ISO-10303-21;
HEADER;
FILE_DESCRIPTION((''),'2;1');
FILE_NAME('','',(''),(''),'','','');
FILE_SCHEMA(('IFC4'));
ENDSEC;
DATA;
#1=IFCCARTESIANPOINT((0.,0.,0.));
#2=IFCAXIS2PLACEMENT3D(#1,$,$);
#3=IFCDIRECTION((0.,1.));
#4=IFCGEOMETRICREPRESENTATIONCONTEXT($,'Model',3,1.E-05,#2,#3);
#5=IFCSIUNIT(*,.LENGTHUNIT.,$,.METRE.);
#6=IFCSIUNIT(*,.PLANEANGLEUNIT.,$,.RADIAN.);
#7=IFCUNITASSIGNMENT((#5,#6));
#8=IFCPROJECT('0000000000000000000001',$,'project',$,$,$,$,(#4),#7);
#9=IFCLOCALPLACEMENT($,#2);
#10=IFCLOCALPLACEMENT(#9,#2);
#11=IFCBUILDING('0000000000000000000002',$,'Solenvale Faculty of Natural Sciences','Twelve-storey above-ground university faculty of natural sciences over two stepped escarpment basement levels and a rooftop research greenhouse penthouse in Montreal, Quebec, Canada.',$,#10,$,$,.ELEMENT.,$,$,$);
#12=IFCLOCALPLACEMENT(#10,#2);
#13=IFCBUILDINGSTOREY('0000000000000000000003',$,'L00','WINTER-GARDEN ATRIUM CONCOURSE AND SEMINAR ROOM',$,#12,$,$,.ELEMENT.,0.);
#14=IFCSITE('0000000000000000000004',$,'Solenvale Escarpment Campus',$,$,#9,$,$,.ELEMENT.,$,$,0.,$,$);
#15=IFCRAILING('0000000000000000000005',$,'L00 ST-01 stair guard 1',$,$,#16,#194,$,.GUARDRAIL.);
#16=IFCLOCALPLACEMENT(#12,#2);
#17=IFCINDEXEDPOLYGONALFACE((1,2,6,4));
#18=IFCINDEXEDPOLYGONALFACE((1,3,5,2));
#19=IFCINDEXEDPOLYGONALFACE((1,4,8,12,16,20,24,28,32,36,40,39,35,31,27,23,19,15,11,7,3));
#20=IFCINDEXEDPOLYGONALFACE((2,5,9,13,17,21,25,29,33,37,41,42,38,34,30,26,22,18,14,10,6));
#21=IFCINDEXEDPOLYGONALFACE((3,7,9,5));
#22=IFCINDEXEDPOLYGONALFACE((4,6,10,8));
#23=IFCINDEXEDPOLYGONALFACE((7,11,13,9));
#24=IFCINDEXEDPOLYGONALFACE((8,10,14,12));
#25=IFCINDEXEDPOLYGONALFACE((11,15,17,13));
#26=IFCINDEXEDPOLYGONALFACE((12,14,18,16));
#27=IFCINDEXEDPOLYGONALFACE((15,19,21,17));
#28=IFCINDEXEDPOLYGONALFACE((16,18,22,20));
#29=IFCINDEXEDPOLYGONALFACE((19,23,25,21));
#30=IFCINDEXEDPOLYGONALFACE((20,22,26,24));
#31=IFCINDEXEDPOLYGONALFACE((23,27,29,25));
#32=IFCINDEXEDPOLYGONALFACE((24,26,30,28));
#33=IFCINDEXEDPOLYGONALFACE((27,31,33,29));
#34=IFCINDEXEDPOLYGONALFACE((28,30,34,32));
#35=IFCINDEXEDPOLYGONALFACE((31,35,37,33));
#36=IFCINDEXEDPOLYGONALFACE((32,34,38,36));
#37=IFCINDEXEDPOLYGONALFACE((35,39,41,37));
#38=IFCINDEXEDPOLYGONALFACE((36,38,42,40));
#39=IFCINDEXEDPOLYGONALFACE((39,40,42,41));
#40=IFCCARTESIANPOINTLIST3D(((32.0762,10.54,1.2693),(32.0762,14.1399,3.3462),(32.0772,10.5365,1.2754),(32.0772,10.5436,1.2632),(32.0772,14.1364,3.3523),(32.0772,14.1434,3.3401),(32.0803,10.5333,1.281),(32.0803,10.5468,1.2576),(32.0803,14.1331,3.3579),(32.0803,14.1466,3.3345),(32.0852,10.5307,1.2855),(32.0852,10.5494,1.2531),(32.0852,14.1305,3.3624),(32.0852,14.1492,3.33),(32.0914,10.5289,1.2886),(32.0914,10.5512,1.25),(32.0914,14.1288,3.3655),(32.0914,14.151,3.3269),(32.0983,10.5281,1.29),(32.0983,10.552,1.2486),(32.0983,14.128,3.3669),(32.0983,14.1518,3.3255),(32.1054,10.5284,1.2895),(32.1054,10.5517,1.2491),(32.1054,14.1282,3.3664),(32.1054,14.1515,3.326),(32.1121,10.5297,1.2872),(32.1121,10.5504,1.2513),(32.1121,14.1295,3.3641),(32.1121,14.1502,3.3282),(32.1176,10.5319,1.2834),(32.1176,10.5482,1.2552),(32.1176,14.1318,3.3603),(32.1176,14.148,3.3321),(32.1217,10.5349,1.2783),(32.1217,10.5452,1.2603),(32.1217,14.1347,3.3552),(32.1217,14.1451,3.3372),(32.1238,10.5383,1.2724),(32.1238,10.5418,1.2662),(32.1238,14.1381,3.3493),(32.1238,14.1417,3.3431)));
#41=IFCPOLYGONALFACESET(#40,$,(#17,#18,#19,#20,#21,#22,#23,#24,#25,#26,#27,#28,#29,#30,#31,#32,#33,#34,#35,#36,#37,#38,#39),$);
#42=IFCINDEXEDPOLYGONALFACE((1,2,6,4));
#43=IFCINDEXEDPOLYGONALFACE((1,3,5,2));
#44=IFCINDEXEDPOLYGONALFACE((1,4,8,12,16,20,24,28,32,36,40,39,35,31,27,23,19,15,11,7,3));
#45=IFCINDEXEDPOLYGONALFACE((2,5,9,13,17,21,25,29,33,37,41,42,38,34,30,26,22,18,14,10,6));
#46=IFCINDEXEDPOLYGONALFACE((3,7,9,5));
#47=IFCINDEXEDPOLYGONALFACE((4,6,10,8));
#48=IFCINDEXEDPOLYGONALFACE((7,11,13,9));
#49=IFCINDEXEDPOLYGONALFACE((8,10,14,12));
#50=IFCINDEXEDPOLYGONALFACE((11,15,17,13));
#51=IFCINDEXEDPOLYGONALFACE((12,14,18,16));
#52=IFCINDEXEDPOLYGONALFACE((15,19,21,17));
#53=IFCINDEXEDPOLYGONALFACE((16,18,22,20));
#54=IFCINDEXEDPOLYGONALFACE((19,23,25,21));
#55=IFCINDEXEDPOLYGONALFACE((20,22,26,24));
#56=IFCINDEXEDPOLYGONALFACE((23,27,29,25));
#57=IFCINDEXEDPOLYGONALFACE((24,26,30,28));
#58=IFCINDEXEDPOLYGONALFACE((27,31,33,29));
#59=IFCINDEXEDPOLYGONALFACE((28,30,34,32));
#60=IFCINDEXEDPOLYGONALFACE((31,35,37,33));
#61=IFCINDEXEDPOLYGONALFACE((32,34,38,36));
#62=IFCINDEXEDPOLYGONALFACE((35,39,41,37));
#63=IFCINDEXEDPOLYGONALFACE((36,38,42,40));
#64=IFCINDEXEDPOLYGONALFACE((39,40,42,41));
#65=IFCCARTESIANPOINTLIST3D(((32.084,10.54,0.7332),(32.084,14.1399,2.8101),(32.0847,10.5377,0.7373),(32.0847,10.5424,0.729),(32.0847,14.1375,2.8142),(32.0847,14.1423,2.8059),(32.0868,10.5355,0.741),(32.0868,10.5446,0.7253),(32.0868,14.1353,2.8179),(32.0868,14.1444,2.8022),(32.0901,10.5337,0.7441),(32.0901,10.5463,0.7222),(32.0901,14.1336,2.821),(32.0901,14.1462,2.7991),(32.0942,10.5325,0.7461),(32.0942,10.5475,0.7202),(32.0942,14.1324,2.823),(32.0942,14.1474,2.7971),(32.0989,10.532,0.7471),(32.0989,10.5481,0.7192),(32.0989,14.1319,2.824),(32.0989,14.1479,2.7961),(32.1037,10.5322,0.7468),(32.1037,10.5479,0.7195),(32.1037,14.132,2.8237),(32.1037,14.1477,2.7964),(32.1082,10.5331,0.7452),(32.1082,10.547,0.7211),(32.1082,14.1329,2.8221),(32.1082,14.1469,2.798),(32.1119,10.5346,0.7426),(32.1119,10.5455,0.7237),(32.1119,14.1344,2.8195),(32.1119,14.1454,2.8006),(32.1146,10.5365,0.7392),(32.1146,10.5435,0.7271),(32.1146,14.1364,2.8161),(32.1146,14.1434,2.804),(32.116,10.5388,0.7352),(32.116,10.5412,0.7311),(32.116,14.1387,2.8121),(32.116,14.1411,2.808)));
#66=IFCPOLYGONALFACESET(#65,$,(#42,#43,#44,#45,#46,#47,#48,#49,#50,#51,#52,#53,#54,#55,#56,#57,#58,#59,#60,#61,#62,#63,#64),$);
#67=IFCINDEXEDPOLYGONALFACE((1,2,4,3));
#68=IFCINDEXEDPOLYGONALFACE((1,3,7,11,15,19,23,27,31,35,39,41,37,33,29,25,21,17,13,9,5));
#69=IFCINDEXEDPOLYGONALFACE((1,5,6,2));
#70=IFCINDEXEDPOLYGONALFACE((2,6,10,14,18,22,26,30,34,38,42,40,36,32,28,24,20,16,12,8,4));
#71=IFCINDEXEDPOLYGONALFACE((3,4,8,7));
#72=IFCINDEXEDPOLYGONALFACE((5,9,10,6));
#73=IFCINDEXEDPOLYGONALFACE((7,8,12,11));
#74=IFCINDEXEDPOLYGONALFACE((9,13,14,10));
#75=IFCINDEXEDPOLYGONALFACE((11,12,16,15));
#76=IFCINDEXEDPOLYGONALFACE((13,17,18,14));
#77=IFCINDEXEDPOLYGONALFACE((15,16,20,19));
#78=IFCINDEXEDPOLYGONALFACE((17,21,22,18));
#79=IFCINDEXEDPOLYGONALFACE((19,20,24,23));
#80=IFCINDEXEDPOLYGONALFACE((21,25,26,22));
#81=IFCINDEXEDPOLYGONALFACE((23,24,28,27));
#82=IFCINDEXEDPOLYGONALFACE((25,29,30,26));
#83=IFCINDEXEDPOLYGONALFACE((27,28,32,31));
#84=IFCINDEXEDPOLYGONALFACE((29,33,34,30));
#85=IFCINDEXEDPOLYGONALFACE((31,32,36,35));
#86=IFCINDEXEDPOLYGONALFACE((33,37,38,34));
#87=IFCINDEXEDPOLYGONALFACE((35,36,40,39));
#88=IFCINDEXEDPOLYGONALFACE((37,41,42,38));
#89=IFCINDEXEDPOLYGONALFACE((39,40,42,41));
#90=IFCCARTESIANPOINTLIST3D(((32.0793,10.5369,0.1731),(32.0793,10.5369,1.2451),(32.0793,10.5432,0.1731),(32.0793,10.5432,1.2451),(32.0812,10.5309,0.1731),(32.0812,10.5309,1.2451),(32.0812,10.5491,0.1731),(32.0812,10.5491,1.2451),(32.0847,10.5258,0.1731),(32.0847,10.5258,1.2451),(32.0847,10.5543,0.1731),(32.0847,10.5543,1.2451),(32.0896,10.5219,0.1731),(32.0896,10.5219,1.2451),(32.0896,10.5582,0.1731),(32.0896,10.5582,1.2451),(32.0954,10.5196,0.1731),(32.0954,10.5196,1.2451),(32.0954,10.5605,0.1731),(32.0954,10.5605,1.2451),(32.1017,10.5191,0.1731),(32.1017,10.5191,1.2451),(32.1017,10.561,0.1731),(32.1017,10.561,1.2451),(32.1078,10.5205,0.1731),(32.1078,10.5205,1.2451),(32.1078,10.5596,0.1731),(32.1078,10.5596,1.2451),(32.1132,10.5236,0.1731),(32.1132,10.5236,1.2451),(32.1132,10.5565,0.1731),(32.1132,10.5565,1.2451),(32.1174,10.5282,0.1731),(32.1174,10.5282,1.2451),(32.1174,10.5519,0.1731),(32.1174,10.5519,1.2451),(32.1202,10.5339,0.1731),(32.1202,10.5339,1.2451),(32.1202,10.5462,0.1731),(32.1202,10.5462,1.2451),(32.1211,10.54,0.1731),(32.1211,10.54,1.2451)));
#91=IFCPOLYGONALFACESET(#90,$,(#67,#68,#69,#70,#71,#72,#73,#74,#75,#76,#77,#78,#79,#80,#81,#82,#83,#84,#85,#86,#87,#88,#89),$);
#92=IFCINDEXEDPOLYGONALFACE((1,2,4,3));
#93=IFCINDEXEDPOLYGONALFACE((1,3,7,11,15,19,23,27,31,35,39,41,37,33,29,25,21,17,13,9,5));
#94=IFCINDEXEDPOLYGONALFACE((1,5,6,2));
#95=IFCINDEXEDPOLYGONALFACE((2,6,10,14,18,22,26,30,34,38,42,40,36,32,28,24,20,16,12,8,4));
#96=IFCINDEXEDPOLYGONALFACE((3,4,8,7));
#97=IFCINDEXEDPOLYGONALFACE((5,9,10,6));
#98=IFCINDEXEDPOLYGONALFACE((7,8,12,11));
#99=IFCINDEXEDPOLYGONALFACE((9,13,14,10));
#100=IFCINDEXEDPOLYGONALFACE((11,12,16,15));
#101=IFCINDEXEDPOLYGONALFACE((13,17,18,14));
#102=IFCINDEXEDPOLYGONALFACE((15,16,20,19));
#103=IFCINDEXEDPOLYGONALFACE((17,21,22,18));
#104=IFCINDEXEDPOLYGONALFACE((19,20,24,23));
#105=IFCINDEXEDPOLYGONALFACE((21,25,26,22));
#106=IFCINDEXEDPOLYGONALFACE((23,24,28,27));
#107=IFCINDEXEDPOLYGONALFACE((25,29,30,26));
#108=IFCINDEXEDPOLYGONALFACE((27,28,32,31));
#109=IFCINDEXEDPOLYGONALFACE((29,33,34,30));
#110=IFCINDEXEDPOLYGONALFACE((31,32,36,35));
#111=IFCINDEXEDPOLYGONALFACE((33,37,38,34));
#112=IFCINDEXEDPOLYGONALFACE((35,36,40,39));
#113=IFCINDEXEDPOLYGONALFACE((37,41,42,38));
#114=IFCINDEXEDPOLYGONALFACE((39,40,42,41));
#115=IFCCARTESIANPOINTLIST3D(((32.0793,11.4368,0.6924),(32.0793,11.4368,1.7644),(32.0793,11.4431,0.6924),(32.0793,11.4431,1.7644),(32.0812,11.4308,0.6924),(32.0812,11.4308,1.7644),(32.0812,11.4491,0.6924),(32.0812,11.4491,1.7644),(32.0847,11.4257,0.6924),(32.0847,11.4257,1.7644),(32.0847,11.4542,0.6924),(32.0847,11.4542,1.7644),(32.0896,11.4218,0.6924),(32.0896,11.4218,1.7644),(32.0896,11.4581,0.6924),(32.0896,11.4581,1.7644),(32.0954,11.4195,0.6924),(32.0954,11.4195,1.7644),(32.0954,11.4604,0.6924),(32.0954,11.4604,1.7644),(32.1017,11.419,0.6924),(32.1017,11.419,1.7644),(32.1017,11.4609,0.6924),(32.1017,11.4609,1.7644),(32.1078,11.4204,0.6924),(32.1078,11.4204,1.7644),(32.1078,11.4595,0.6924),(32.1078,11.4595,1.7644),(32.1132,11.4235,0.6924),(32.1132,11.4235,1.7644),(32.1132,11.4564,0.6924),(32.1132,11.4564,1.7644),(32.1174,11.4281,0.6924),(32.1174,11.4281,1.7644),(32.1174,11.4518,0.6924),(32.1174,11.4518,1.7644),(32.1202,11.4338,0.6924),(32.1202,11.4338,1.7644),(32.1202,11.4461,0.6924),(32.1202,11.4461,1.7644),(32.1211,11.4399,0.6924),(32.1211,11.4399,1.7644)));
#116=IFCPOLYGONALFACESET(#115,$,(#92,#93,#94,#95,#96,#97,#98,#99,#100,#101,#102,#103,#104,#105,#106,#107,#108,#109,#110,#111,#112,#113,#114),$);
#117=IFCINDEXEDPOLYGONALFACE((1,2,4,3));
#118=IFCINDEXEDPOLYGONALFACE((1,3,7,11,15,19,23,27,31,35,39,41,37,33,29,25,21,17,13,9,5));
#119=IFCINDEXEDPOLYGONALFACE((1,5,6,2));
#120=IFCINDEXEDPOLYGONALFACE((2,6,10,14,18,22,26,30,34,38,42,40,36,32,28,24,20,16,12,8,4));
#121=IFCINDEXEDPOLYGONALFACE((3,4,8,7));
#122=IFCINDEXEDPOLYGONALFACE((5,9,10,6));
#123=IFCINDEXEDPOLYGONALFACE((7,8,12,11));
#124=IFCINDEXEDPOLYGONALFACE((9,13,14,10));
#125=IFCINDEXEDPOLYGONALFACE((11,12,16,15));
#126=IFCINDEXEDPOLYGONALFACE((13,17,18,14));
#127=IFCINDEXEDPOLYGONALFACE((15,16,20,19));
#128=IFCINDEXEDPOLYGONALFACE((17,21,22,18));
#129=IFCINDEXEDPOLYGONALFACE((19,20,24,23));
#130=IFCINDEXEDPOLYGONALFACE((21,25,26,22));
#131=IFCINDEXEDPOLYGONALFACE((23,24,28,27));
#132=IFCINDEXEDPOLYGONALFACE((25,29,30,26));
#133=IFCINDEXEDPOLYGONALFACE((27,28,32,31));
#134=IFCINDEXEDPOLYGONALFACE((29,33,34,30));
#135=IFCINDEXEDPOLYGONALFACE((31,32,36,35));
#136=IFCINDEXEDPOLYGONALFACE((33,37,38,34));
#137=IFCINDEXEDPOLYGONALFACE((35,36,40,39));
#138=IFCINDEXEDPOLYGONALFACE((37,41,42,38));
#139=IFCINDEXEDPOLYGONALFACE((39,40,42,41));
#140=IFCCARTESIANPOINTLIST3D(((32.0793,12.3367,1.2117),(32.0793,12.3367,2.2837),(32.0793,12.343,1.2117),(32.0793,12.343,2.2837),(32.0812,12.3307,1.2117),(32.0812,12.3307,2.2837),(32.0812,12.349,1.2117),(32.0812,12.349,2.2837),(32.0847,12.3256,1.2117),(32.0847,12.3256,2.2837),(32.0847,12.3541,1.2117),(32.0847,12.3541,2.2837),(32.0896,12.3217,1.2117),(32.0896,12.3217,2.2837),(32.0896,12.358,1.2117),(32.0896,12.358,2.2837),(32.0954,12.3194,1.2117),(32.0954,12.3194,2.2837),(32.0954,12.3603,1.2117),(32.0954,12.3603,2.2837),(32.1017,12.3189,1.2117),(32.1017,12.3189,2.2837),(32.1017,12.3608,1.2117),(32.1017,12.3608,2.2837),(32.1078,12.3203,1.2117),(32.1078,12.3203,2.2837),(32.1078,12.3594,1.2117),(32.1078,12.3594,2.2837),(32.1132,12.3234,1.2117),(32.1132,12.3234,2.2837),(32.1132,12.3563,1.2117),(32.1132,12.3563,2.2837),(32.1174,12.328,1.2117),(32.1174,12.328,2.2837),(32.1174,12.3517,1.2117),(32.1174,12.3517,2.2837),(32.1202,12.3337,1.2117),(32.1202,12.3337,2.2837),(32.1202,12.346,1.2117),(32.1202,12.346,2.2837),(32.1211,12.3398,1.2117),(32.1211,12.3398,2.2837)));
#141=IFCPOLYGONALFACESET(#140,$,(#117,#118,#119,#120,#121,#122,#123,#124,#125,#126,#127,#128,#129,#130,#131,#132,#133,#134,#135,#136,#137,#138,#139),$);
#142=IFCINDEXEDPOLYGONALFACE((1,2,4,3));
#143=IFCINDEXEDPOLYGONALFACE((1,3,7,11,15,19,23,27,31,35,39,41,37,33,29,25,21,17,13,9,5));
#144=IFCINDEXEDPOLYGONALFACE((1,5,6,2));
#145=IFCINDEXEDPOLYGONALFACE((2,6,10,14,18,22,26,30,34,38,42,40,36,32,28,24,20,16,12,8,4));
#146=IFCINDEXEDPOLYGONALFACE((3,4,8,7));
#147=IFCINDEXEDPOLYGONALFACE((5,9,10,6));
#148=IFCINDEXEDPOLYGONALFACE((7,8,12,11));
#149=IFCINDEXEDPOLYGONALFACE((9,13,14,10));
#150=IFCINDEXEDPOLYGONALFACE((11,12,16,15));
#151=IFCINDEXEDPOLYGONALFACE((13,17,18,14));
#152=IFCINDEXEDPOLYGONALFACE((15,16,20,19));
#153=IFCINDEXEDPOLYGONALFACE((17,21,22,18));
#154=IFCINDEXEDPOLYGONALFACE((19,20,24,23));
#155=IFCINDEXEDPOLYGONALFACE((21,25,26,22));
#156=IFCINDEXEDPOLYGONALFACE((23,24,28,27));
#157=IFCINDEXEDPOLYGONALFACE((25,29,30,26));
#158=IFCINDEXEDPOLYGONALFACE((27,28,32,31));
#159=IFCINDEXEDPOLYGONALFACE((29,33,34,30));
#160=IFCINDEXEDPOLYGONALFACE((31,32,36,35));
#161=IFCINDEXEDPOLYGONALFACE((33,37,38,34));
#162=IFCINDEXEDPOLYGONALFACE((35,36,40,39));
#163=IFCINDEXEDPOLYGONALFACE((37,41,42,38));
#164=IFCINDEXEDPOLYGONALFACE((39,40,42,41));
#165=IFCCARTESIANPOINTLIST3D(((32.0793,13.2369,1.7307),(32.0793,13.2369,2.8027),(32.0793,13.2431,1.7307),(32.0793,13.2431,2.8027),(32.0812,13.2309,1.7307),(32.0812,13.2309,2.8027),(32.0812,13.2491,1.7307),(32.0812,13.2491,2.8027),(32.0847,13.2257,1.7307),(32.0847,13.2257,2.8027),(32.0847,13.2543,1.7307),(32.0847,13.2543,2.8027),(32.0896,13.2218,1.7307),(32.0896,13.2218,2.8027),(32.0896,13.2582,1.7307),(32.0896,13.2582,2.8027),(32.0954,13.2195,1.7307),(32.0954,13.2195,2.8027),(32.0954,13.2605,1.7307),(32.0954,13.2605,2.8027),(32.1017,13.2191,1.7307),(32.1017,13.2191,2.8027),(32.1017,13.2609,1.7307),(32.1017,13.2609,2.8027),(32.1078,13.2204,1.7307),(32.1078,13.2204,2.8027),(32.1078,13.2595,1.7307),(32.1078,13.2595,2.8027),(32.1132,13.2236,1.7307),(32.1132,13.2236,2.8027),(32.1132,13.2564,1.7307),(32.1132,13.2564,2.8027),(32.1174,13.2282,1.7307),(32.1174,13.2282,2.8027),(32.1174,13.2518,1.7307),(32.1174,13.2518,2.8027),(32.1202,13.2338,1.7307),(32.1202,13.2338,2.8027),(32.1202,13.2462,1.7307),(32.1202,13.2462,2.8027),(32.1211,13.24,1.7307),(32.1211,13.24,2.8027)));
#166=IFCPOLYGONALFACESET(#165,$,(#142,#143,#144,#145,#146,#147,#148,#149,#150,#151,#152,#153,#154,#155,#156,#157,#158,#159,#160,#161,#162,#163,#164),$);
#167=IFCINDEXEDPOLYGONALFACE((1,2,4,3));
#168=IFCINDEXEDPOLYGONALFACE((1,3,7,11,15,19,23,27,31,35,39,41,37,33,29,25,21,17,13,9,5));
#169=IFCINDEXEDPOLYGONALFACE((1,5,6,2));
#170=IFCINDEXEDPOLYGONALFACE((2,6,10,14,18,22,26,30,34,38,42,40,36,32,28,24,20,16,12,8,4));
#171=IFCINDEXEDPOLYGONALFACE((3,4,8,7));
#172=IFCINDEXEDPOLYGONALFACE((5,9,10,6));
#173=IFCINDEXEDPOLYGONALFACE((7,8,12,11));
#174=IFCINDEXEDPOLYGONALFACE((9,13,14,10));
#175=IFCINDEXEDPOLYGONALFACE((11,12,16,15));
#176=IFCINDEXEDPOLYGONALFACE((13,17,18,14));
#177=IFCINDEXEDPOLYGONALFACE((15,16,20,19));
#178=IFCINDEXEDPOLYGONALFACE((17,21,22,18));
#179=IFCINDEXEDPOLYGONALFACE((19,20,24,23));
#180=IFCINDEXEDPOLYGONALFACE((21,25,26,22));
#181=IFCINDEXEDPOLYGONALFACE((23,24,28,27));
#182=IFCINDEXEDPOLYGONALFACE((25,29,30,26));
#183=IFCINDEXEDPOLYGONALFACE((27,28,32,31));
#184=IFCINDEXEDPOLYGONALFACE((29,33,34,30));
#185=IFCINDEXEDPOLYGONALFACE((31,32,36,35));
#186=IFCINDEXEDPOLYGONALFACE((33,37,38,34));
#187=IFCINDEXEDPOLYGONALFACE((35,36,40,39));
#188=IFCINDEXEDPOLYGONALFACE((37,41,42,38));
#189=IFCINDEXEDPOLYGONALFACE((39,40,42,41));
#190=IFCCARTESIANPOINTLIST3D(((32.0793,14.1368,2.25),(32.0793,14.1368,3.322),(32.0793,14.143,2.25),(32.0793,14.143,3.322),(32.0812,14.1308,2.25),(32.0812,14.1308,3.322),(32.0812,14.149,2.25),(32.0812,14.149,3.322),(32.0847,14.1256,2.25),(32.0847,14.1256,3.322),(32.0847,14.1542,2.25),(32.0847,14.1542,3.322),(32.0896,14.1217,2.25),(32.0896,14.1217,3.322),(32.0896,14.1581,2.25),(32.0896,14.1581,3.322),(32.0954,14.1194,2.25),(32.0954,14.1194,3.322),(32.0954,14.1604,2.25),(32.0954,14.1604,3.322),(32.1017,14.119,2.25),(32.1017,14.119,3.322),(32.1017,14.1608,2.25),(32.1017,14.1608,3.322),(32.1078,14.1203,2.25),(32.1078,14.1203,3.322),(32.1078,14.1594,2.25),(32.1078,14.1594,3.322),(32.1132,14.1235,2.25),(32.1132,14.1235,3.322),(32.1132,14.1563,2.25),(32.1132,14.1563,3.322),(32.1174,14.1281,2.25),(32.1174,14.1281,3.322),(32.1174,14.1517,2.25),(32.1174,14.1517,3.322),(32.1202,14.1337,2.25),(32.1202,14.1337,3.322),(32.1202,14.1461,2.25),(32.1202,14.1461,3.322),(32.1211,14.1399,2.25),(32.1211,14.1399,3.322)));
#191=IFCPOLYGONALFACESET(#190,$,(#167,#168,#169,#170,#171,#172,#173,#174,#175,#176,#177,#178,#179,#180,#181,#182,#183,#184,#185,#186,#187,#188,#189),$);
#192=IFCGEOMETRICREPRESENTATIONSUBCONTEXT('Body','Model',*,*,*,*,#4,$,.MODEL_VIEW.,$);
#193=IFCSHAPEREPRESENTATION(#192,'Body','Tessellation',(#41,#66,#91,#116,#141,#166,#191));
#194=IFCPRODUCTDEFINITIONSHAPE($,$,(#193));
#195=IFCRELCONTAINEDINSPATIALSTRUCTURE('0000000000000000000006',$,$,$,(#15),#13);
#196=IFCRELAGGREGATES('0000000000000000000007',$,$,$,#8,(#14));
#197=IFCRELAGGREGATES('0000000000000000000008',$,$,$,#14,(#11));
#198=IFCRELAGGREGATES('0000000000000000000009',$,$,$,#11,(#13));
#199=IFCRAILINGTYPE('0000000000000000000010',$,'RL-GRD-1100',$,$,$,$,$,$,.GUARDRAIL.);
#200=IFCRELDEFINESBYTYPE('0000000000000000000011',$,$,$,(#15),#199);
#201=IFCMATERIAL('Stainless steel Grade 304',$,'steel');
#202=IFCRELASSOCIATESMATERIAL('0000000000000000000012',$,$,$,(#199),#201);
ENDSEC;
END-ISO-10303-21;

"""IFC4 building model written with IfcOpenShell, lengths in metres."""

from ifc_helpers import new_model, si_unit, direction, frame, origin, origin_2d, place, context, subcontext, project, spatial, circle, extrude, material, type_object, element, save


model = new_model("IFC4")

# Units and contexts
model_context = context("Model", 3, precision=1e-05, world=origin(), true_north=direction((0.0, 1.0)))
body_context = subcontext(model_context, "Body", "Model", "MODEL_VIEW")
ifc_project = project(units=[si_unit("LENGTHUNIT", "METRE"), si_unit("PLANEANGLEUNIT", "RADIAN")], contexts=[model_context])

# Site, building, storey
site_placement = place(None, origin())
site = spatial("IfcSite", under=ifc_project, at=site_placement, Name="Solenvale Escarpment Campus", CompositionType="ELEMENT", RefElevation=0.0)
building_placement = place(site_placement, origin())
building = spatial("IfcBuilding", under=site, at=building_placement, Name="Solenvale Faculty of Natural Sciences", Description="Twelve-storey above-ground university faculty of natural sciences over two stepped escarpment basement levels and a rooftop research greenhouse penthouse in Montreal, Quebec, Canada.", CompositionType="ELEMENT")
storey_placement = place(building_placement, origin())
storey = spatial("IfcBuildingStorey", under=building, at=storey_placement, Name="L00", Description="WINTER-GARDEN ATRIUM CONCOURSE AND SEMINAR ROOM", CompositionType="ELEMENT", Elevation=0.0)

# Railing
ifc_material_1 = material(Name="Stainless steel Grade 304", Category="steel")
railing_type_1 = type_object("IfcRailingType", Name="RL-GRD-1100", PredefinedType="GUARDRAIL", material=ifc_material_1)
railing_1_placement = place(storey_placement, frame((32.1001, 10.54, 0.1731)))
element("IfcRailing", 1, at=railing_1_placement, inside=storey, type_object=railing_type_1, Name="L00 ST-01 stair guard 1", PredefinedType="GUARDRAIL", context=body_context, shape_type="SweptSolid", body=[
    extrude(circle(Radius=0.0239, at=origin_2d()), frame((0.0, 0.0, 1.0962), z_axis=(0.0, 0.866179, 0.499734), x_axis=(-1.0, 0.0, 0.0)), (0.0, 0.0, 1.0), 4.156),
    extrude(circle(Radius=0.0161, at=origin_2d()), frame((0.0, 0.0, 0.5601), z_axis=(0.0, 0.866179, 0.499734), x_axis=(-1.0, 0.0, 0.0)), (0.0, 0.0, 1.0), 4.156),
    extrude(circle(Radius=0.021, at=origin_2d()), origin(), (0.0, 0.0, 1.0), 1.072),
    extrude(circle(Radius=0.021, at=origin_2d()), frame((0.0, 0.8999, 0.5193)), (0.0, 0.0, 1.0), 1.072),
    extrude(circle(Radius=0.021, at=origin_2d()), frame((0.0, 1.7998, 1.0386)), (0.0, 0.0, 1.0), 1.072),
    extrude(circle(Radius=0.021, at=origin_2d()), frame((0.0, 2.7, 1.5576)), (0.0, 0.0, 1.0), 1.072),
    extrude(circle(Radius=0.021, at=origin_2d()), frame((0.0, 3.5999, 2.0769)), (0.0, 0.0, 1.0), 1.072),
])

save(model, "model.ifc")
